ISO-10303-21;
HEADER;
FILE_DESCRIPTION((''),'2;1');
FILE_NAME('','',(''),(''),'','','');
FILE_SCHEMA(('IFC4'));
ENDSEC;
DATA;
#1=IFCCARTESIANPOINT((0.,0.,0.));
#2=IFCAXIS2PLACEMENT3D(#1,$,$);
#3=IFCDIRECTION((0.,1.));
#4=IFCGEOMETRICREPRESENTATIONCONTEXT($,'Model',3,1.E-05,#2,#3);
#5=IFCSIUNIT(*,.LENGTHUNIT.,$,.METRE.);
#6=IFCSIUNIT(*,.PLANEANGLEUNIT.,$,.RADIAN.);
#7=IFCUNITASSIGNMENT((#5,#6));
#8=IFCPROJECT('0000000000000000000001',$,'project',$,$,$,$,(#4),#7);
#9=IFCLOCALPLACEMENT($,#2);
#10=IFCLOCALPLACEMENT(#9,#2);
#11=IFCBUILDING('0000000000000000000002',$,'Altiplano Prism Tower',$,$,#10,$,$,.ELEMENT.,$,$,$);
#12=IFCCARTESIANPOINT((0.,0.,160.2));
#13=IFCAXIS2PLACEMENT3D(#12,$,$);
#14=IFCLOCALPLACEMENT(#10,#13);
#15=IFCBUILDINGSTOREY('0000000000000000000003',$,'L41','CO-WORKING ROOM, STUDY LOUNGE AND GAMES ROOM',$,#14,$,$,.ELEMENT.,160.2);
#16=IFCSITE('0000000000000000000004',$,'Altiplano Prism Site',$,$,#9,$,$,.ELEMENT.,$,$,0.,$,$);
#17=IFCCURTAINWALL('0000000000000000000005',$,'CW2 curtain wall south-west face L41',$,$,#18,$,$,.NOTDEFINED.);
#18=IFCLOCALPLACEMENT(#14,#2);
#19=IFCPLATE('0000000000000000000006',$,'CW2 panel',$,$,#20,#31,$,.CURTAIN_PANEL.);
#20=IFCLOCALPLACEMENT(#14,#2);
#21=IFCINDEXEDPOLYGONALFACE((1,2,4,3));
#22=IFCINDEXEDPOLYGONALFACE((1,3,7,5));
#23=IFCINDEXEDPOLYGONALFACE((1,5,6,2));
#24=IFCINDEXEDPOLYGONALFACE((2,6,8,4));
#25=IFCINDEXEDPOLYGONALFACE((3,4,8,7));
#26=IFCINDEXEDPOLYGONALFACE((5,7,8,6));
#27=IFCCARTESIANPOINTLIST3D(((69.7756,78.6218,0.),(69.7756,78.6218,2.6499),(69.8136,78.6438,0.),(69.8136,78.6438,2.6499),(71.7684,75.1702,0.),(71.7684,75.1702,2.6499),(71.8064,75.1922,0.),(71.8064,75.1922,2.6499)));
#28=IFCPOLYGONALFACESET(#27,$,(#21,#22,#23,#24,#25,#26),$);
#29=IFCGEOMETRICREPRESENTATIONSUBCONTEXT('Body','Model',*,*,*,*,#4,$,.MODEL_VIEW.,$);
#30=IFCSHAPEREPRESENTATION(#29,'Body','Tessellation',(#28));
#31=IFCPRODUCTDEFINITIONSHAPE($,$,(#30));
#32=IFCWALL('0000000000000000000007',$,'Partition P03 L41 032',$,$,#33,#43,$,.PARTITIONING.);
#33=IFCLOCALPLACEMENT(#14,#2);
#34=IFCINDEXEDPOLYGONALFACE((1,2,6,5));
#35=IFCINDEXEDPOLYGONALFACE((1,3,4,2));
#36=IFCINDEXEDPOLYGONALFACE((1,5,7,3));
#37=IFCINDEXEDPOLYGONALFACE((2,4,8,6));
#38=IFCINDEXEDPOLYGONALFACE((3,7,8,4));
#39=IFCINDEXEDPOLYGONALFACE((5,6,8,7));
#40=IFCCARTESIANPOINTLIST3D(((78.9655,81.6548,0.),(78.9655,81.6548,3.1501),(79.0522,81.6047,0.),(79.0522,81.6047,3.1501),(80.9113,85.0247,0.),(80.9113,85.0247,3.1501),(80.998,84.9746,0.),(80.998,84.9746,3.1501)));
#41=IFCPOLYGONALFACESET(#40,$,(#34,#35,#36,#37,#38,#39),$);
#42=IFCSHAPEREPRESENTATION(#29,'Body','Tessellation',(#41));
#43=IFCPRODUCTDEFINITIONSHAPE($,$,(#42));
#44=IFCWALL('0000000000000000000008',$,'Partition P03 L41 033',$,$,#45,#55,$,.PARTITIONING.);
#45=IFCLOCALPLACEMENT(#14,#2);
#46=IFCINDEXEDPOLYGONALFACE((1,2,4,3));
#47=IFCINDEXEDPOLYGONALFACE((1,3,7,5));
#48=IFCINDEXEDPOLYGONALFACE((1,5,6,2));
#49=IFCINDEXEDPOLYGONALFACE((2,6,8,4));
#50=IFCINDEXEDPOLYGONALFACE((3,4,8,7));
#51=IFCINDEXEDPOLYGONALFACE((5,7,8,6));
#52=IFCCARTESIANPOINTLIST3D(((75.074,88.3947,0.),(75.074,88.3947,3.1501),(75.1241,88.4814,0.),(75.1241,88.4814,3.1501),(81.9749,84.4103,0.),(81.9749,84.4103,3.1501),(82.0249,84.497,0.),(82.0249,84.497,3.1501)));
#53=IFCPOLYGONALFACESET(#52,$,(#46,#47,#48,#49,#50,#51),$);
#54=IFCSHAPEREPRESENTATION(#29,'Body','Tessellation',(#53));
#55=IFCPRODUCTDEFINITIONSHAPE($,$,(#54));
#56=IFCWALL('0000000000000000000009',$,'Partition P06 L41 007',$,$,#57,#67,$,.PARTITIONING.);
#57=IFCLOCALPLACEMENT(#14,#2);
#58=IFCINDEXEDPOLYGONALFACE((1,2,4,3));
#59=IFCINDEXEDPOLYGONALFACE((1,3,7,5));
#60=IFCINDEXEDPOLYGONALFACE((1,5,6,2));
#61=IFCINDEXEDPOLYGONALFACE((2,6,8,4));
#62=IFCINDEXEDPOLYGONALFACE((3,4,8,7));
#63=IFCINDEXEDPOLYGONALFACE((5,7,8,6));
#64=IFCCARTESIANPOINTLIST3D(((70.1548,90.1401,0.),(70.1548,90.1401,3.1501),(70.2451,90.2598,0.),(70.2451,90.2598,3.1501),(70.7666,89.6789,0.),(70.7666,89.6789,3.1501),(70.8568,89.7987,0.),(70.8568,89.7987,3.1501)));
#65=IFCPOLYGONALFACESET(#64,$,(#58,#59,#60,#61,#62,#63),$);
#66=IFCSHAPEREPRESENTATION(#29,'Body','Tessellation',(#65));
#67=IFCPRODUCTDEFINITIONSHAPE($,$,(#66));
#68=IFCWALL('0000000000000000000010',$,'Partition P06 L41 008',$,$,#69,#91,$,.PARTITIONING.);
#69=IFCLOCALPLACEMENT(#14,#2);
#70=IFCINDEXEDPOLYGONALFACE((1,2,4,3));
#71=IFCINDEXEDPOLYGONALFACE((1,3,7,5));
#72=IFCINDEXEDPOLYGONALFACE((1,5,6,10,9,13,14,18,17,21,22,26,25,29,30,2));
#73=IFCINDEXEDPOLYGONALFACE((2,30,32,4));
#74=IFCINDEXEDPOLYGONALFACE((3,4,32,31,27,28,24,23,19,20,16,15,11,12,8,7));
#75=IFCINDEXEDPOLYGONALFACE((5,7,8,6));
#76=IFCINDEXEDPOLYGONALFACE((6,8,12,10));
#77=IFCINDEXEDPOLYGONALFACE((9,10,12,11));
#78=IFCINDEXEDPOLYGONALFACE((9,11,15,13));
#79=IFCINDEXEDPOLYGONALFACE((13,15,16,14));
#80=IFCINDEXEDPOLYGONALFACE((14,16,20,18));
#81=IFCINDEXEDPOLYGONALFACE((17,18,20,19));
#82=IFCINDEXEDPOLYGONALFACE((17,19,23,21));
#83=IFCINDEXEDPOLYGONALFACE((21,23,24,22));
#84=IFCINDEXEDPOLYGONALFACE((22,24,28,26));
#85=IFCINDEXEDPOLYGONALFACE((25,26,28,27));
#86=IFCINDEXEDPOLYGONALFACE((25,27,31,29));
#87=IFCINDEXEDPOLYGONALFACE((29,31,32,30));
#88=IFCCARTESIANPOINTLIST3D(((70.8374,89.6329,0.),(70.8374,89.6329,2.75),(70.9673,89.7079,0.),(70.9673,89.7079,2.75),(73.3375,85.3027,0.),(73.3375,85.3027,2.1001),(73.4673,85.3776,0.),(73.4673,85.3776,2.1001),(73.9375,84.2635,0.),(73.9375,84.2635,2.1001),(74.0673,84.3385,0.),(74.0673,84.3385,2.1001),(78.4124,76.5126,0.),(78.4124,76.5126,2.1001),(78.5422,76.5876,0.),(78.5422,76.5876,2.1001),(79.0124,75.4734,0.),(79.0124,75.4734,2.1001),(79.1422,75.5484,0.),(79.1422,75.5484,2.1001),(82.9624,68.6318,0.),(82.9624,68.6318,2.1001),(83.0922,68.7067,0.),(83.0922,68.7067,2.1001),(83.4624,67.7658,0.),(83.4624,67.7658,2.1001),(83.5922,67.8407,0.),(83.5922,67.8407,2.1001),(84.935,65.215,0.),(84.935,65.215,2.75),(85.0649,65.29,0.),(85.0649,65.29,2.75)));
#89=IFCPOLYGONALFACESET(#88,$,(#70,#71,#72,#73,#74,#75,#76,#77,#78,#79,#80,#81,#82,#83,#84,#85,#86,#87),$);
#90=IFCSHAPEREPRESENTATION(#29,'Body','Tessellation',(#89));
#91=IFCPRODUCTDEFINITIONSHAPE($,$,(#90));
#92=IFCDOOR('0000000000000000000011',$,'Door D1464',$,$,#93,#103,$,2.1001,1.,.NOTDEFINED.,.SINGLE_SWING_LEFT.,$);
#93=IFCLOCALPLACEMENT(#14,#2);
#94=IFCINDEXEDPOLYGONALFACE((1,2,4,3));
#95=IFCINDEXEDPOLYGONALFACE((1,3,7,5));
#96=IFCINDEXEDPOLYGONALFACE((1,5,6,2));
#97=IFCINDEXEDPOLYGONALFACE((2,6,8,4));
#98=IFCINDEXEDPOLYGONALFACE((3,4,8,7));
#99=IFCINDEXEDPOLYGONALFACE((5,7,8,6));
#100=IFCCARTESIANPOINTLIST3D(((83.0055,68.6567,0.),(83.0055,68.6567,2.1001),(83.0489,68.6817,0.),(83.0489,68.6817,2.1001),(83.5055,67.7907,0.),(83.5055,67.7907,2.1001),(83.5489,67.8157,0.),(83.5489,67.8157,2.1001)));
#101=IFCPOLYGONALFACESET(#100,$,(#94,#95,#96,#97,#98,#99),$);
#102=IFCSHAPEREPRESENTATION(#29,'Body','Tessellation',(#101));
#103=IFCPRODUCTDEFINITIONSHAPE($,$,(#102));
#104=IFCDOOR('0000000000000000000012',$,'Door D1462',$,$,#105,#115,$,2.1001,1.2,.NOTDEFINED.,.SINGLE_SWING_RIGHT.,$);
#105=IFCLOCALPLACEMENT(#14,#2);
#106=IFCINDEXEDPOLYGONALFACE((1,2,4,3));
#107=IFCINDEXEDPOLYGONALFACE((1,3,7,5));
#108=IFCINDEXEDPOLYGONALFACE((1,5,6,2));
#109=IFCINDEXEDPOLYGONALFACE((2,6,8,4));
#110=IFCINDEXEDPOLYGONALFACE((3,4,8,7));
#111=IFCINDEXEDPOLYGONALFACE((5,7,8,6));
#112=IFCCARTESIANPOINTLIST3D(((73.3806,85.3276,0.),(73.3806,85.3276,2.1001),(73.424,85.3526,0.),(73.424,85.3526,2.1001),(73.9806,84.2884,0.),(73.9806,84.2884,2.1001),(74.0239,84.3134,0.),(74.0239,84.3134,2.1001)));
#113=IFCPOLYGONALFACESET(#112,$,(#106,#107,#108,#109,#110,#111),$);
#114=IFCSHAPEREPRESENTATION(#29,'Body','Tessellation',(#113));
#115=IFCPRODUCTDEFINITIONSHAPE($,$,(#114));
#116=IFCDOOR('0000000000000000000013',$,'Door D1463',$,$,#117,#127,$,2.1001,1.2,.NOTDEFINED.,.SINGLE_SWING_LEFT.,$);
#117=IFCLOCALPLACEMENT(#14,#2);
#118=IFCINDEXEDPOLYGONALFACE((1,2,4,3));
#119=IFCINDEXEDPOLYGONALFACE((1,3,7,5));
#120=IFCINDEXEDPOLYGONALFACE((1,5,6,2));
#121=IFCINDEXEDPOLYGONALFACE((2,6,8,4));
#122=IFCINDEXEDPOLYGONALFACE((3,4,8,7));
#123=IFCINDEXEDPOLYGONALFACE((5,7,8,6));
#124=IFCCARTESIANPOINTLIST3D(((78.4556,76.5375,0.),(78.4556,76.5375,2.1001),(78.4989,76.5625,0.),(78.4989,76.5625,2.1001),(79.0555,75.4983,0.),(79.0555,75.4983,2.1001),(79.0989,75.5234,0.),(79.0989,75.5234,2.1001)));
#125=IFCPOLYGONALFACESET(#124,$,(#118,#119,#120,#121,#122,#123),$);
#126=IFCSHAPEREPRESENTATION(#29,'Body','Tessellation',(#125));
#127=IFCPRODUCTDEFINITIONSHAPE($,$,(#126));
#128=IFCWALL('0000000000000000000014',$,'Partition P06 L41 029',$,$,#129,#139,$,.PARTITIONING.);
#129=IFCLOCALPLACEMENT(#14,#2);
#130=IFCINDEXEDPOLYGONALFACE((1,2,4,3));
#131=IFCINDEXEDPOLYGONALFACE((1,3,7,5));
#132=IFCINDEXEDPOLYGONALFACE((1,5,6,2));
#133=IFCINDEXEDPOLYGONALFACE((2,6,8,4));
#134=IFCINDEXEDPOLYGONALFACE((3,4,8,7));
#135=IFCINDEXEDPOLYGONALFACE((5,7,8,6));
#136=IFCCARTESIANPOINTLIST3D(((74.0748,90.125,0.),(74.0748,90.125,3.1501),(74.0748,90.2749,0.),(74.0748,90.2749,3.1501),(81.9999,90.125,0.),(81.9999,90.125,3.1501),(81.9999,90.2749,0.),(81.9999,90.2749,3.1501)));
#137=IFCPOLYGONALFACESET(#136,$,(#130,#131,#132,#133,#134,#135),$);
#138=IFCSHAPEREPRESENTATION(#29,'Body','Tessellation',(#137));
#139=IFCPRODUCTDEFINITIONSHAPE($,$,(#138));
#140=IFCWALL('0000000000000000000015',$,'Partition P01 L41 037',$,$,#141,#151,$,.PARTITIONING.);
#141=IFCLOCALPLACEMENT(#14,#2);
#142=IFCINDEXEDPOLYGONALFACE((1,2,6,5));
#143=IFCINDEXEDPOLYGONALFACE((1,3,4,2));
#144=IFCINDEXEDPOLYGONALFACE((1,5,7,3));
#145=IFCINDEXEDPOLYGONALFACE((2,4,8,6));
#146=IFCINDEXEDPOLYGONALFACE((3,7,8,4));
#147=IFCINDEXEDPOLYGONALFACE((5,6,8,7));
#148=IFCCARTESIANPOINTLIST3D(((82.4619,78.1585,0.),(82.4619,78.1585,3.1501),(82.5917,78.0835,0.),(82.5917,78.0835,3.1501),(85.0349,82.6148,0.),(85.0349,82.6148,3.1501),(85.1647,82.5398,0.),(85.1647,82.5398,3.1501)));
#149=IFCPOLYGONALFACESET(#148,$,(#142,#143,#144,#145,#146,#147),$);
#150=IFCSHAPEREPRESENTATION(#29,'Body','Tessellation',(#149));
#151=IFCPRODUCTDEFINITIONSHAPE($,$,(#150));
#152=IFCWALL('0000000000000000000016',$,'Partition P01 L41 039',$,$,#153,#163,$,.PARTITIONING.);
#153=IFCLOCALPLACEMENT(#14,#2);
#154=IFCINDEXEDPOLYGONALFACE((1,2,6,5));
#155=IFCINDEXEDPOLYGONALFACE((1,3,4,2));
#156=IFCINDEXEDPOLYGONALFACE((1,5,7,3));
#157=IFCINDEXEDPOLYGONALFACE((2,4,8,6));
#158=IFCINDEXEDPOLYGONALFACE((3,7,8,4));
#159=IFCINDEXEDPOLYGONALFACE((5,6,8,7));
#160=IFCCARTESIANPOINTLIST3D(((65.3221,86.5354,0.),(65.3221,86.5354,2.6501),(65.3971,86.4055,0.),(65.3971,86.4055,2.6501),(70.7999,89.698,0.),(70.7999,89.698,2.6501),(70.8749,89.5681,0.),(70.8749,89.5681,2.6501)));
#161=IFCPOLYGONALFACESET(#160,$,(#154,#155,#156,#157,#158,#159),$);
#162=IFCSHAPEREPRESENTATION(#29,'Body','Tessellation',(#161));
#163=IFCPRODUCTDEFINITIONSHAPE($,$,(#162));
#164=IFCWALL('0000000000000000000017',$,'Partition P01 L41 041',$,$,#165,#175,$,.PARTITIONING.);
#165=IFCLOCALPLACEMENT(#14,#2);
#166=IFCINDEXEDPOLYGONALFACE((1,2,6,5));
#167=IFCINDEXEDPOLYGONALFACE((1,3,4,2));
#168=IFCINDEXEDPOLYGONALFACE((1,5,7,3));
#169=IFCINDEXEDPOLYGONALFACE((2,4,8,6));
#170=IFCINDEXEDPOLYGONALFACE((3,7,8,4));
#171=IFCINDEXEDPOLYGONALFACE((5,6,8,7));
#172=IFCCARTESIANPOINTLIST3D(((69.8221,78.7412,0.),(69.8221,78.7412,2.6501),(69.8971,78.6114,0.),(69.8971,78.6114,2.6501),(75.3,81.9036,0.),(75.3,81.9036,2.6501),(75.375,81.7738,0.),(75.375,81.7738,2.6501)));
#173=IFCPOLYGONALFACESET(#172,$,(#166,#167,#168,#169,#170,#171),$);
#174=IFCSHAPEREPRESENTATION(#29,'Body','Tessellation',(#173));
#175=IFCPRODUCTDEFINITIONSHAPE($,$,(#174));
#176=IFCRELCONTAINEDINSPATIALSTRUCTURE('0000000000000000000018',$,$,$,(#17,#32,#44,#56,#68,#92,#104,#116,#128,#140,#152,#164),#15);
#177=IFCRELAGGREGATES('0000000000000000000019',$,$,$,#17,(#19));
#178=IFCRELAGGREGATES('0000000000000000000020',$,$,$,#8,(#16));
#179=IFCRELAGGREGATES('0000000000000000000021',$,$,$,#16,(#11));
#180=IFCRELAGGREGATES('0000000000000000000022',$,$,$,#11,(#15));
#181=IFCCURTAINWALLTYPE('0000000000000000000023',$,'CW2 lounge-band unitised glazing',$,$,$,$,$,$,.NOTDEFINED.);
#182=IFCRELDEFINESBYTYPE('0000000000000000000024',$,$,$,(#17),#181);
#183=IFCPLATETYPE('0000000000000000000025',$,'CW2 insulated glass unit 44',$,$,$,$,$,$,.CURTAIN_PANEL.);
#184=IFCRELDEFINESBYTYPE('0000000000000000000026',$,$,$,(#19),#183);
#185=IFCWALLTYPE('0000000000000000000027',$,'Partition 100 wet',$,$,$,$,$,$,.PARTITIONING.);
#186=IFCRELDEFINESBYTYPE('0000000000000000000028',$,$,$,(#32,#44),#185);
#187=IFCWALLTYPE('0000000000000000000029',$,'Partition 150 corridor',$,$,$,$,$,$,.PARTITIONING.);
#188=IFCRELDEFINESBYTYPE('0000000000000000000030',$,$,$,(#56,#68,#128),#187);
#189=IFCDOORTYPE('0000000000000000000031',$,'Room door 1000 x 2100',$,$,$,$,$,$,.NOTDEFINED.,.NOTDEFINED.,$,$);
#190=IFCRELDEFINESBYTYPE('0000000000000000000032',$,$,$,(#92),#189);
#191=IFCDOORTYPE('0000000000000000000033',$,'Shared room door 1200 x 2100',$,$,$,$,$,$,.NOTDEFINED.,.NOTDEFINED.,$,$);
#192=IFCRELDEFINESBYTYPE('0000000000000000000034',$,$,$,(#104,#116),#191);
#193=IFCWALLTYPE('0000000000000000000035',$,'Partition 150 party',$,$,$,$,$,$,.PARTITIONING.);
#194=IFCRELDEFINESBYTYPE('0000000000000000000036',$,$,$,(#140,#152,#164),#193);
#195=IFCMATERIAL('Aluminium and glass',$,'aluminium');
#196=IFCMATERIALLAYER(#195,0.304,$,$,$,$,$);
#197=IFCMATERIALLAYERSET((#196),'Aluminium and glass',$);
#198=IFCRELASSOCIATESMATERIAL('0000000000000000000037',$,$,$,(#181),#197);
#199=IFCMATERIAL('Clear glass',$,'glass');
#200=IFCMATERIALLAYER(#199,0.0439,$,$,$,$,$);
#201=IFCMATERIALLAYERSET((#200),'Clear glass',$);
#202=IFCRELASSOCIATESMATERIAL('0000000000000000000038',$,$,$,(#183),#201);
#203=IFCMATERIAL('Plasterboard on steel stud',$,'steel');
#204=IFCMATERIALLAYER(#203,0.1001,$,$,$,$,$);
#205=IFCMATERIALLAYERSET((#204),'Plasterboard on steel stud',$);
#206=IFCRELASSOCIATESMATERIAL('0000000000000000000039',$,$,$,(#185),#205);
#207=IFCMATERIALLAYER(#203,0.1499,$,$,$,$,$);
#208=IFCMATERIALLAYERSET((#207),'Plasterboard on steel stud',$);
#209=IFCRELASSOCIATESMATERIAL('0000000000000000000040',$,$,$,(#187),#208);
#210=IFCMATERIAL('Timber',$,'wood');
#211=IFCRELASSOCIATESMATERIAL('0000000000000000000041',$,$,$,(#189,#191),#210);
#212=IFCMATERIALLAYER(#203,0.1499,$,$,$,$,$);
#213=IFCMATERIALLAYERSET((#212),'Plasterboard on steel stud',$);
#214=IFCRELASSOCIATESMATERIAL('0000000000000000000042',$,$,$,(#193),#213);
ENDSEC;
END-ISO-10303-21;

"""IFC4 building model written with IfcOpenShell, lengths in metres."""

from ifc_helpers import new_model, si_unit, direction, frame, frame_2d, origin, origin_2d, place, context, subcontext, project, spatial, rectangle, extrude, material, layer, layer_set, type_object, element, fill, aggregate, save


model = new_model("IFC4")

# Units and contexts
model_context = context("Model", 3, precision=1e-05, world=origin(), true_north=direction((0.0, 1.0)))
body_context = subcontext(model_context, "Body", "Model", "MODEL_VIEW")
ifc_project = project(units=[si_unit("LENGTHUNIT", "METRE"), si_unit("PLANEANGLEUNIT", "RADIAN")], contexts=[model_context])

# Site, building, storey
site_placement = place(None, origin())
site = spatial("IfcSite", under=ifc_project, at=site_placement, Name="Altiplano Prism Site", CompositionType="ELEMENT", RefElevation=0.0)
building_placement = place(site_placement, origin())
building = spatial("IfcBuilding", under=site, at=building_placement, Name="Altiplano Prism Tower", CompositionType="ELEMENT")
storey_placement = place(building_placement, frame((0.0, 0.0, 160.2)))
storey = spatial("IfcBuildingStorey", under=building, at=storey_placement, Name="L41", Description="CO-WORKING ROOM, STUDY LOUNGE AND GAMES ROOM", CompositionType="ELEMENT", Elevation=160.2)

# Curtain wall
ifc_material_1 = material(Name="Aluminium and glass", Category="aluminium")
ifc_layer_1 = layer(ifc_material_1, 0.304)
ifc_layer_set_1 = layer_set([ifc_layer_1], Name="Aluminium and glass")
curtain_wall_type = type_object("IfcCurtainWallType", Name="CW2 lounge-band unitised glazing", PredefinedType="NOTDEFINED", material=ifc_layer_set_1)
curtain_wall_placement = place(storey_placement, origin())
curtain_wall = element("IfcCurtainWall", 1, at=curtain_wall_placement, inside=storey, type_object=curtain_wall_type, Name="CW2 curtain wall south-west face L41", PredefinedType="NOTDEFINED")

# Plate
ifc_material_2 = material(Name="Clear glass", Category="glass")
ifc_layer_2 = layer(ifc_material_2, 0.0439)
ifc_layer_set_2 = layer_set([ifc_layer_2], Name="Clear glass")
plate_type = type_object("IfcPlateType", Name="CW2 insulated glass unit 44", PredefinedType="CURTAIN_PANEL", material=ifc_layer_set_2)
plate_1_placement = place(storey_placement, frame((70.791, 76.907, 0.0), z_axis=(0.0, 0.0, 1.0), x_axis=(0.5, -0.866025, 0.0)))
plate_1 = element("IfcPlate", 2, at=plate_1_placement, type_object=plate_type, Name="CW2 panel", PredefinedType="CURTAIN_PANEL", context=body_context, shape_type="SweptSolid", body=[
    extrude(rectangle(XDim=3.9856, YDim=0.0439, at=origin_2d()), origin(), (0.0, 0.0, 1.0), 2.6499),
])
aggregate(curtain_wall, [plate_1])

# Walls
ifc_material_3 = material(Name="Plasterboard on steel stud", Category="steel")
ifc_layer_3 = layer(ifc_material_3, 0.1001)
ifc_layer_set_3 = layer_set([ifc_layer_3], Name="Plasterboard on steel stud")
wall_type_1 = type_object("IfcWallType", Name="Partition 100 wet", PredefinedType="PARTITIONING", material=ifc_layer_set_3)
wall_1_placement = place(storey_placement, frame((79.0088, 81.6296, 0.0), z_axis=(0.0, 0.0, 1.0), x_axis=(0.500039, 0.866003, 0.0)))
element("IfcWall", 3, at=wall_1_placement, inside=storey, type_object=wall_type_1, Name="Partition P03 L41 032", PredefinedType="PARTITIONING", context=body_context, shape_type="SweptSolid", body=[
    extrude(rectangle(XDim=3.8914, YDim=0.1001, at=frame_2d((1.9458, 0.0))), origin(), (0.0, 0.0, 1.0), 3.1501),
])
wall_2_placement = place(storey_placement, frame((82.0, 84.4536, 0.0), z_axis=(0.0, 0.0, 1.0), x_axis=(-0.866017, 0.500014, 0.0)))
element("IfcWall", 4, at=wall_2_placement, inside=storey, type_object=wall_type_1, Name="Partition P03 L41 033", PredefinedType="PARTITIONING", context=body_context, shape_type="SweptSolid", body=[
    extrude(rectangle(XDim=7.9685, YDim=0.1001, at=frame_2d((3.9844, 0.0))), origin(), (0.0, 0.0, 1.0), 3.1501),
])
ifc_layer_4 = layer(ifc_material_3, 0.1499)
ifc_layer_set_4 = layer_set([ifc_layer_4], Name="Plasterboard on steel stud")
wall_type_2 = type_object("IfcWallType", Name="Partition 150 corridor", PredefinedType="PARTITIONING", material=ifc_layer_set_4)
wall_3_placement = place(storey_placement, frame((70.2, 90.2, 0.0), z_axis=(0.0, 0.0, 1.0), x_axis=(0.798545, -0.601936, 0.0)))
element("IfcWall", 5, at=wall_3_placement, inside=storey, type_object=wall_type_2, Name="Partition P06 L41 007", PredefinedType="PARTITIONING", context=body_context, shape_type="SweptSolid", body=[
    extrude(rectangle(XDim=0.7661, YDim=0.1499, at=frame_2d((0.3831, 0.0))), origin(), (0.0, 0.0, 1.0), 3.1501),
])

# Wall, openings, doors
wall_4_placement = place(storey_placement, frame((70.9023, 89.6704, 0.0), z_axis=(0.0, 0.0, 1.0), x_axis=(0.499998, -0.866026, 0.0)))
wall_4 = element("IfcWall", 6, at=wall_4_placement, inside=storey, type_object=wall_type_2, Name="Partition P06 L41 008", PredefinedType="PARTITIONING", context=body_context, shape_type="SweptSolid", body=[
    extrude(rectangle(XDim=28.1953, YDim=0.1499, at=frame_2d((14.0977, 0.0))), origin(), (0.0, 0.0, 1.0), 2.75),
])
opening_1_placement = place(wall_4_placement, frame((5.0, 0.0, 0.0)))
opening_1 = element("IfcOpeningElement", 7, at=opening_1_placement, cuts=wall_4, PredefinedType="OPENING", context=body_context, shape_type="SweptSolid", body=[
    extrude(rectangle(XDim=1.2, YDim=2.1001, at=frame_2d((0.6001, 1.05))), frame((0.0, 0.0854, 0.0), z_axis=(0.0, -1.0, 0.0), x_axis=(1.0, 0.0, 0.0)), (0.0, 0.0, 1.0), 0.1709),
])
opening_2_placement = place(wall_4_placement, frame((15.1499, 0.0, 0.0)))
opening_2 = element("IfcOpeningElement", 8, at=opening_2_placement, cuts=wall_4, PredefinedType="OPENING", context=body_context, shape_type="SweptSolid", body=[
    extrude(rectangle(XDim=1.2, YDim=2.1001, at=frame_2d((0.6001, 1.05))), frame((0.0, 0.0854, 0.0), z_axis=(0.0, -1.0, 0.0), x_axis=(1.0, 0.0, 0.0)), (0.0, 0.0, 1.0), 0.1709),
])
opening_3_placement = place(wall_4_placement, frame((24.25, 0.0, 0.0)))
opening_3 = element("IfcOpeningElement", 9, at=opening_3_placement, cuts=wall_4, PredefinedType="OPENING", context=body_context, shape_type="SweptSolid", body=[
    extrude(rectangle(XDim=1.0, YDim=2.1001, at=frame_2d((0.5, 1.05))), frame((0.0, 0.0854, 0.0), z_axis=(0.0, -1.0, 0.0), x_axis=(1.0, 0.0, 0.0)), (0.0, 0.0, 1.0), 0.1709),
])
ifc_material_4 = material(Name="Timber", Category="wood")
door_type_1 = type_object("IfcDoorType", Name="Room door 1000 x 2100", OperationType="NOTDEFINED", PredefinedType="NOTDEFINED", material=ifc_material_4)
door_1_placement = place(opening_3_placement, origin())
door_1 = element("IfcDoor", 10, at=door_1_placement, inside=storey, type_object=door_type_1, Name="Door D1464", OperationType="SINGLE_SWING_LEFT", OverallHeight=2.1001, OverallWidth=1.0, PredefinedType="NOTDEFINED", context=body_context, shape_type="SweptSolid", body=[
    extrude(rectangle(XDim=1.0, YDim=2.1001, at=frame_2d((0.5, 1.05))), frame((0.0, 0.0249, 0.0), z_axis=(0.0, -1.0, 0.0), x_axis=(1.0, 0.0, 0.0)), (0.0, 0.0, 1.0), 0.05),
])
fill(opening_3, door_1)
door_type_2 = type_object("IfcDoorType", Name="Shared room door 1200 x 2100", OperationType="NOTDEFINED", PredefinedType="NOTDEFINED", material=ifc_material_4)
door_2_placement = place(opening_1_placement, origin())
door_2 = element("IfcDoor", 11, at=door_2_placement, inside=storey, type_object=door_type_2, Name="Door D1462", OperationType="SINGLE_SWING_RIGHT", OverallHeight=2.1001, OverallWidth=1.2, PredefinedType="NOTDEFINED", context=body_context, shape_type="SweptSolid", body=[
    extrude(rectangle(XDim=1.2, YDim=2.1001, at=frame_2d((0.6001, 1.05))), frame((0.0, 0.0249, 0.0), z_axis=(0.0, -1.0, 0.0), x_axis=(1.0, 0.0, 0.0)), (0.0, 0.0, 1.0), 0.05),
])
fill(opening_1, door_2)
door_3_placement = place(opening_2_placement, origin())
door_3 = element("IfcDoor", 12, at=door_3_placement, inside=storey, type_object=door_type_2, Name="Door D1463", OperationType="SINGLE_SWING_LEFT", OverallHeight=2.1001, OverallWidth=1.2, PredefinedType="NOTDEFINED", context=body_context, shape_type="SweptSolid", body=[
    extrude(rectangle(XDim=1.2, YDim=2.1001, at=frame_2d((0.6001, 1.05))), frame((0.0, 0.0249, 0.0), z_axis=(0.0, -1.0, 0.0), x_axis=(1.0, 0.0, 0.0)), (0.0, 0.0, 1.0), 0.05),
])
fill(opening_2, door_3)

# Walls
wall_5_placement = place(storey_placement, frame((74.075, 90.2, 0.0), z_axis=(0.0, 0.0, 1.0), x_axis=(1.0, 0.0, 0.0)))
element("IfcWall", 13, at=wall_5_placement, inside=storey, type_object=wall_type_2, Name="Partition P06 L41 029", PredefinedType="PARTITIONING", context=body_context, shape_type="SweptSolid", body=[
    extrude(rectangle(XDim=7.925, YDim=0.1499, at=frame_2d((3.9624, 0.0))), origin(), (0.0, 0.0, 1.0), 3.1501),
])
ifc_layer_5 = layer(ifc_material_3, 0.1499)
ifc_layer_set_5 = layer_set([ifc_layer_5], Name="Plasterboard on steel stud")
wall_type_3 = type_object("IfcWallType", Name="Partition 150 party", PredefinedType="PARTITIONING", material=ifc_layer_set_5)
wall_6_placement = place(storey_placement, frame((82.5269, 78.1211, 0.0), z_axis=(0.0, 0.0, 1.0), x_axis=(0.500022, 0.866013, 0.0)))
element("IfcWall", 14, at=wall_6_placement, inside=storey, type_object=wall_type_3, Name="Partition P01 L41 037", PredefinedType="PARTITIONING", context=body_context, shape_type="SweptSolid", body=[
    extrude(rectangle(XDim=5.1458, YDim=0.1499, at=frame_2d((2.5728, 0.0))), origin(), (0.0, 0.0, 1.0), 3.1501),
])
for number, where, z_axis, x_axis, name in (
    (15, (65.3596, 86.4705, 0.0), (0.0, 0.0, 1.0), (0.866026, 0.5, 0.0), "Partition P01 L41 039"),
    (16, (69.8596, 78.6763, 0.0), (0.0, 0.0, 1.0), (0.866042, 0.499971, 0.0), "Partition P01 L41 041"),
):
    element("IfcWall", number, at=place(storey_placement, frame(where, z_axis=z_axis, x_axis=x_axis)), inside=storey, type_object=wall_type_3, Name=name, PredefinedType="PARTITIONING", context=body_context, shape_type="SweptSolid", body=[
        extrude(rectangle(XDim=6.3252, YDim=0.1499, at=frame_2d((3.1626, 0.0))), origin(), (0.0, 0.0, 1.0), 2.6501),
    ])

save(model, "model.ifc")
